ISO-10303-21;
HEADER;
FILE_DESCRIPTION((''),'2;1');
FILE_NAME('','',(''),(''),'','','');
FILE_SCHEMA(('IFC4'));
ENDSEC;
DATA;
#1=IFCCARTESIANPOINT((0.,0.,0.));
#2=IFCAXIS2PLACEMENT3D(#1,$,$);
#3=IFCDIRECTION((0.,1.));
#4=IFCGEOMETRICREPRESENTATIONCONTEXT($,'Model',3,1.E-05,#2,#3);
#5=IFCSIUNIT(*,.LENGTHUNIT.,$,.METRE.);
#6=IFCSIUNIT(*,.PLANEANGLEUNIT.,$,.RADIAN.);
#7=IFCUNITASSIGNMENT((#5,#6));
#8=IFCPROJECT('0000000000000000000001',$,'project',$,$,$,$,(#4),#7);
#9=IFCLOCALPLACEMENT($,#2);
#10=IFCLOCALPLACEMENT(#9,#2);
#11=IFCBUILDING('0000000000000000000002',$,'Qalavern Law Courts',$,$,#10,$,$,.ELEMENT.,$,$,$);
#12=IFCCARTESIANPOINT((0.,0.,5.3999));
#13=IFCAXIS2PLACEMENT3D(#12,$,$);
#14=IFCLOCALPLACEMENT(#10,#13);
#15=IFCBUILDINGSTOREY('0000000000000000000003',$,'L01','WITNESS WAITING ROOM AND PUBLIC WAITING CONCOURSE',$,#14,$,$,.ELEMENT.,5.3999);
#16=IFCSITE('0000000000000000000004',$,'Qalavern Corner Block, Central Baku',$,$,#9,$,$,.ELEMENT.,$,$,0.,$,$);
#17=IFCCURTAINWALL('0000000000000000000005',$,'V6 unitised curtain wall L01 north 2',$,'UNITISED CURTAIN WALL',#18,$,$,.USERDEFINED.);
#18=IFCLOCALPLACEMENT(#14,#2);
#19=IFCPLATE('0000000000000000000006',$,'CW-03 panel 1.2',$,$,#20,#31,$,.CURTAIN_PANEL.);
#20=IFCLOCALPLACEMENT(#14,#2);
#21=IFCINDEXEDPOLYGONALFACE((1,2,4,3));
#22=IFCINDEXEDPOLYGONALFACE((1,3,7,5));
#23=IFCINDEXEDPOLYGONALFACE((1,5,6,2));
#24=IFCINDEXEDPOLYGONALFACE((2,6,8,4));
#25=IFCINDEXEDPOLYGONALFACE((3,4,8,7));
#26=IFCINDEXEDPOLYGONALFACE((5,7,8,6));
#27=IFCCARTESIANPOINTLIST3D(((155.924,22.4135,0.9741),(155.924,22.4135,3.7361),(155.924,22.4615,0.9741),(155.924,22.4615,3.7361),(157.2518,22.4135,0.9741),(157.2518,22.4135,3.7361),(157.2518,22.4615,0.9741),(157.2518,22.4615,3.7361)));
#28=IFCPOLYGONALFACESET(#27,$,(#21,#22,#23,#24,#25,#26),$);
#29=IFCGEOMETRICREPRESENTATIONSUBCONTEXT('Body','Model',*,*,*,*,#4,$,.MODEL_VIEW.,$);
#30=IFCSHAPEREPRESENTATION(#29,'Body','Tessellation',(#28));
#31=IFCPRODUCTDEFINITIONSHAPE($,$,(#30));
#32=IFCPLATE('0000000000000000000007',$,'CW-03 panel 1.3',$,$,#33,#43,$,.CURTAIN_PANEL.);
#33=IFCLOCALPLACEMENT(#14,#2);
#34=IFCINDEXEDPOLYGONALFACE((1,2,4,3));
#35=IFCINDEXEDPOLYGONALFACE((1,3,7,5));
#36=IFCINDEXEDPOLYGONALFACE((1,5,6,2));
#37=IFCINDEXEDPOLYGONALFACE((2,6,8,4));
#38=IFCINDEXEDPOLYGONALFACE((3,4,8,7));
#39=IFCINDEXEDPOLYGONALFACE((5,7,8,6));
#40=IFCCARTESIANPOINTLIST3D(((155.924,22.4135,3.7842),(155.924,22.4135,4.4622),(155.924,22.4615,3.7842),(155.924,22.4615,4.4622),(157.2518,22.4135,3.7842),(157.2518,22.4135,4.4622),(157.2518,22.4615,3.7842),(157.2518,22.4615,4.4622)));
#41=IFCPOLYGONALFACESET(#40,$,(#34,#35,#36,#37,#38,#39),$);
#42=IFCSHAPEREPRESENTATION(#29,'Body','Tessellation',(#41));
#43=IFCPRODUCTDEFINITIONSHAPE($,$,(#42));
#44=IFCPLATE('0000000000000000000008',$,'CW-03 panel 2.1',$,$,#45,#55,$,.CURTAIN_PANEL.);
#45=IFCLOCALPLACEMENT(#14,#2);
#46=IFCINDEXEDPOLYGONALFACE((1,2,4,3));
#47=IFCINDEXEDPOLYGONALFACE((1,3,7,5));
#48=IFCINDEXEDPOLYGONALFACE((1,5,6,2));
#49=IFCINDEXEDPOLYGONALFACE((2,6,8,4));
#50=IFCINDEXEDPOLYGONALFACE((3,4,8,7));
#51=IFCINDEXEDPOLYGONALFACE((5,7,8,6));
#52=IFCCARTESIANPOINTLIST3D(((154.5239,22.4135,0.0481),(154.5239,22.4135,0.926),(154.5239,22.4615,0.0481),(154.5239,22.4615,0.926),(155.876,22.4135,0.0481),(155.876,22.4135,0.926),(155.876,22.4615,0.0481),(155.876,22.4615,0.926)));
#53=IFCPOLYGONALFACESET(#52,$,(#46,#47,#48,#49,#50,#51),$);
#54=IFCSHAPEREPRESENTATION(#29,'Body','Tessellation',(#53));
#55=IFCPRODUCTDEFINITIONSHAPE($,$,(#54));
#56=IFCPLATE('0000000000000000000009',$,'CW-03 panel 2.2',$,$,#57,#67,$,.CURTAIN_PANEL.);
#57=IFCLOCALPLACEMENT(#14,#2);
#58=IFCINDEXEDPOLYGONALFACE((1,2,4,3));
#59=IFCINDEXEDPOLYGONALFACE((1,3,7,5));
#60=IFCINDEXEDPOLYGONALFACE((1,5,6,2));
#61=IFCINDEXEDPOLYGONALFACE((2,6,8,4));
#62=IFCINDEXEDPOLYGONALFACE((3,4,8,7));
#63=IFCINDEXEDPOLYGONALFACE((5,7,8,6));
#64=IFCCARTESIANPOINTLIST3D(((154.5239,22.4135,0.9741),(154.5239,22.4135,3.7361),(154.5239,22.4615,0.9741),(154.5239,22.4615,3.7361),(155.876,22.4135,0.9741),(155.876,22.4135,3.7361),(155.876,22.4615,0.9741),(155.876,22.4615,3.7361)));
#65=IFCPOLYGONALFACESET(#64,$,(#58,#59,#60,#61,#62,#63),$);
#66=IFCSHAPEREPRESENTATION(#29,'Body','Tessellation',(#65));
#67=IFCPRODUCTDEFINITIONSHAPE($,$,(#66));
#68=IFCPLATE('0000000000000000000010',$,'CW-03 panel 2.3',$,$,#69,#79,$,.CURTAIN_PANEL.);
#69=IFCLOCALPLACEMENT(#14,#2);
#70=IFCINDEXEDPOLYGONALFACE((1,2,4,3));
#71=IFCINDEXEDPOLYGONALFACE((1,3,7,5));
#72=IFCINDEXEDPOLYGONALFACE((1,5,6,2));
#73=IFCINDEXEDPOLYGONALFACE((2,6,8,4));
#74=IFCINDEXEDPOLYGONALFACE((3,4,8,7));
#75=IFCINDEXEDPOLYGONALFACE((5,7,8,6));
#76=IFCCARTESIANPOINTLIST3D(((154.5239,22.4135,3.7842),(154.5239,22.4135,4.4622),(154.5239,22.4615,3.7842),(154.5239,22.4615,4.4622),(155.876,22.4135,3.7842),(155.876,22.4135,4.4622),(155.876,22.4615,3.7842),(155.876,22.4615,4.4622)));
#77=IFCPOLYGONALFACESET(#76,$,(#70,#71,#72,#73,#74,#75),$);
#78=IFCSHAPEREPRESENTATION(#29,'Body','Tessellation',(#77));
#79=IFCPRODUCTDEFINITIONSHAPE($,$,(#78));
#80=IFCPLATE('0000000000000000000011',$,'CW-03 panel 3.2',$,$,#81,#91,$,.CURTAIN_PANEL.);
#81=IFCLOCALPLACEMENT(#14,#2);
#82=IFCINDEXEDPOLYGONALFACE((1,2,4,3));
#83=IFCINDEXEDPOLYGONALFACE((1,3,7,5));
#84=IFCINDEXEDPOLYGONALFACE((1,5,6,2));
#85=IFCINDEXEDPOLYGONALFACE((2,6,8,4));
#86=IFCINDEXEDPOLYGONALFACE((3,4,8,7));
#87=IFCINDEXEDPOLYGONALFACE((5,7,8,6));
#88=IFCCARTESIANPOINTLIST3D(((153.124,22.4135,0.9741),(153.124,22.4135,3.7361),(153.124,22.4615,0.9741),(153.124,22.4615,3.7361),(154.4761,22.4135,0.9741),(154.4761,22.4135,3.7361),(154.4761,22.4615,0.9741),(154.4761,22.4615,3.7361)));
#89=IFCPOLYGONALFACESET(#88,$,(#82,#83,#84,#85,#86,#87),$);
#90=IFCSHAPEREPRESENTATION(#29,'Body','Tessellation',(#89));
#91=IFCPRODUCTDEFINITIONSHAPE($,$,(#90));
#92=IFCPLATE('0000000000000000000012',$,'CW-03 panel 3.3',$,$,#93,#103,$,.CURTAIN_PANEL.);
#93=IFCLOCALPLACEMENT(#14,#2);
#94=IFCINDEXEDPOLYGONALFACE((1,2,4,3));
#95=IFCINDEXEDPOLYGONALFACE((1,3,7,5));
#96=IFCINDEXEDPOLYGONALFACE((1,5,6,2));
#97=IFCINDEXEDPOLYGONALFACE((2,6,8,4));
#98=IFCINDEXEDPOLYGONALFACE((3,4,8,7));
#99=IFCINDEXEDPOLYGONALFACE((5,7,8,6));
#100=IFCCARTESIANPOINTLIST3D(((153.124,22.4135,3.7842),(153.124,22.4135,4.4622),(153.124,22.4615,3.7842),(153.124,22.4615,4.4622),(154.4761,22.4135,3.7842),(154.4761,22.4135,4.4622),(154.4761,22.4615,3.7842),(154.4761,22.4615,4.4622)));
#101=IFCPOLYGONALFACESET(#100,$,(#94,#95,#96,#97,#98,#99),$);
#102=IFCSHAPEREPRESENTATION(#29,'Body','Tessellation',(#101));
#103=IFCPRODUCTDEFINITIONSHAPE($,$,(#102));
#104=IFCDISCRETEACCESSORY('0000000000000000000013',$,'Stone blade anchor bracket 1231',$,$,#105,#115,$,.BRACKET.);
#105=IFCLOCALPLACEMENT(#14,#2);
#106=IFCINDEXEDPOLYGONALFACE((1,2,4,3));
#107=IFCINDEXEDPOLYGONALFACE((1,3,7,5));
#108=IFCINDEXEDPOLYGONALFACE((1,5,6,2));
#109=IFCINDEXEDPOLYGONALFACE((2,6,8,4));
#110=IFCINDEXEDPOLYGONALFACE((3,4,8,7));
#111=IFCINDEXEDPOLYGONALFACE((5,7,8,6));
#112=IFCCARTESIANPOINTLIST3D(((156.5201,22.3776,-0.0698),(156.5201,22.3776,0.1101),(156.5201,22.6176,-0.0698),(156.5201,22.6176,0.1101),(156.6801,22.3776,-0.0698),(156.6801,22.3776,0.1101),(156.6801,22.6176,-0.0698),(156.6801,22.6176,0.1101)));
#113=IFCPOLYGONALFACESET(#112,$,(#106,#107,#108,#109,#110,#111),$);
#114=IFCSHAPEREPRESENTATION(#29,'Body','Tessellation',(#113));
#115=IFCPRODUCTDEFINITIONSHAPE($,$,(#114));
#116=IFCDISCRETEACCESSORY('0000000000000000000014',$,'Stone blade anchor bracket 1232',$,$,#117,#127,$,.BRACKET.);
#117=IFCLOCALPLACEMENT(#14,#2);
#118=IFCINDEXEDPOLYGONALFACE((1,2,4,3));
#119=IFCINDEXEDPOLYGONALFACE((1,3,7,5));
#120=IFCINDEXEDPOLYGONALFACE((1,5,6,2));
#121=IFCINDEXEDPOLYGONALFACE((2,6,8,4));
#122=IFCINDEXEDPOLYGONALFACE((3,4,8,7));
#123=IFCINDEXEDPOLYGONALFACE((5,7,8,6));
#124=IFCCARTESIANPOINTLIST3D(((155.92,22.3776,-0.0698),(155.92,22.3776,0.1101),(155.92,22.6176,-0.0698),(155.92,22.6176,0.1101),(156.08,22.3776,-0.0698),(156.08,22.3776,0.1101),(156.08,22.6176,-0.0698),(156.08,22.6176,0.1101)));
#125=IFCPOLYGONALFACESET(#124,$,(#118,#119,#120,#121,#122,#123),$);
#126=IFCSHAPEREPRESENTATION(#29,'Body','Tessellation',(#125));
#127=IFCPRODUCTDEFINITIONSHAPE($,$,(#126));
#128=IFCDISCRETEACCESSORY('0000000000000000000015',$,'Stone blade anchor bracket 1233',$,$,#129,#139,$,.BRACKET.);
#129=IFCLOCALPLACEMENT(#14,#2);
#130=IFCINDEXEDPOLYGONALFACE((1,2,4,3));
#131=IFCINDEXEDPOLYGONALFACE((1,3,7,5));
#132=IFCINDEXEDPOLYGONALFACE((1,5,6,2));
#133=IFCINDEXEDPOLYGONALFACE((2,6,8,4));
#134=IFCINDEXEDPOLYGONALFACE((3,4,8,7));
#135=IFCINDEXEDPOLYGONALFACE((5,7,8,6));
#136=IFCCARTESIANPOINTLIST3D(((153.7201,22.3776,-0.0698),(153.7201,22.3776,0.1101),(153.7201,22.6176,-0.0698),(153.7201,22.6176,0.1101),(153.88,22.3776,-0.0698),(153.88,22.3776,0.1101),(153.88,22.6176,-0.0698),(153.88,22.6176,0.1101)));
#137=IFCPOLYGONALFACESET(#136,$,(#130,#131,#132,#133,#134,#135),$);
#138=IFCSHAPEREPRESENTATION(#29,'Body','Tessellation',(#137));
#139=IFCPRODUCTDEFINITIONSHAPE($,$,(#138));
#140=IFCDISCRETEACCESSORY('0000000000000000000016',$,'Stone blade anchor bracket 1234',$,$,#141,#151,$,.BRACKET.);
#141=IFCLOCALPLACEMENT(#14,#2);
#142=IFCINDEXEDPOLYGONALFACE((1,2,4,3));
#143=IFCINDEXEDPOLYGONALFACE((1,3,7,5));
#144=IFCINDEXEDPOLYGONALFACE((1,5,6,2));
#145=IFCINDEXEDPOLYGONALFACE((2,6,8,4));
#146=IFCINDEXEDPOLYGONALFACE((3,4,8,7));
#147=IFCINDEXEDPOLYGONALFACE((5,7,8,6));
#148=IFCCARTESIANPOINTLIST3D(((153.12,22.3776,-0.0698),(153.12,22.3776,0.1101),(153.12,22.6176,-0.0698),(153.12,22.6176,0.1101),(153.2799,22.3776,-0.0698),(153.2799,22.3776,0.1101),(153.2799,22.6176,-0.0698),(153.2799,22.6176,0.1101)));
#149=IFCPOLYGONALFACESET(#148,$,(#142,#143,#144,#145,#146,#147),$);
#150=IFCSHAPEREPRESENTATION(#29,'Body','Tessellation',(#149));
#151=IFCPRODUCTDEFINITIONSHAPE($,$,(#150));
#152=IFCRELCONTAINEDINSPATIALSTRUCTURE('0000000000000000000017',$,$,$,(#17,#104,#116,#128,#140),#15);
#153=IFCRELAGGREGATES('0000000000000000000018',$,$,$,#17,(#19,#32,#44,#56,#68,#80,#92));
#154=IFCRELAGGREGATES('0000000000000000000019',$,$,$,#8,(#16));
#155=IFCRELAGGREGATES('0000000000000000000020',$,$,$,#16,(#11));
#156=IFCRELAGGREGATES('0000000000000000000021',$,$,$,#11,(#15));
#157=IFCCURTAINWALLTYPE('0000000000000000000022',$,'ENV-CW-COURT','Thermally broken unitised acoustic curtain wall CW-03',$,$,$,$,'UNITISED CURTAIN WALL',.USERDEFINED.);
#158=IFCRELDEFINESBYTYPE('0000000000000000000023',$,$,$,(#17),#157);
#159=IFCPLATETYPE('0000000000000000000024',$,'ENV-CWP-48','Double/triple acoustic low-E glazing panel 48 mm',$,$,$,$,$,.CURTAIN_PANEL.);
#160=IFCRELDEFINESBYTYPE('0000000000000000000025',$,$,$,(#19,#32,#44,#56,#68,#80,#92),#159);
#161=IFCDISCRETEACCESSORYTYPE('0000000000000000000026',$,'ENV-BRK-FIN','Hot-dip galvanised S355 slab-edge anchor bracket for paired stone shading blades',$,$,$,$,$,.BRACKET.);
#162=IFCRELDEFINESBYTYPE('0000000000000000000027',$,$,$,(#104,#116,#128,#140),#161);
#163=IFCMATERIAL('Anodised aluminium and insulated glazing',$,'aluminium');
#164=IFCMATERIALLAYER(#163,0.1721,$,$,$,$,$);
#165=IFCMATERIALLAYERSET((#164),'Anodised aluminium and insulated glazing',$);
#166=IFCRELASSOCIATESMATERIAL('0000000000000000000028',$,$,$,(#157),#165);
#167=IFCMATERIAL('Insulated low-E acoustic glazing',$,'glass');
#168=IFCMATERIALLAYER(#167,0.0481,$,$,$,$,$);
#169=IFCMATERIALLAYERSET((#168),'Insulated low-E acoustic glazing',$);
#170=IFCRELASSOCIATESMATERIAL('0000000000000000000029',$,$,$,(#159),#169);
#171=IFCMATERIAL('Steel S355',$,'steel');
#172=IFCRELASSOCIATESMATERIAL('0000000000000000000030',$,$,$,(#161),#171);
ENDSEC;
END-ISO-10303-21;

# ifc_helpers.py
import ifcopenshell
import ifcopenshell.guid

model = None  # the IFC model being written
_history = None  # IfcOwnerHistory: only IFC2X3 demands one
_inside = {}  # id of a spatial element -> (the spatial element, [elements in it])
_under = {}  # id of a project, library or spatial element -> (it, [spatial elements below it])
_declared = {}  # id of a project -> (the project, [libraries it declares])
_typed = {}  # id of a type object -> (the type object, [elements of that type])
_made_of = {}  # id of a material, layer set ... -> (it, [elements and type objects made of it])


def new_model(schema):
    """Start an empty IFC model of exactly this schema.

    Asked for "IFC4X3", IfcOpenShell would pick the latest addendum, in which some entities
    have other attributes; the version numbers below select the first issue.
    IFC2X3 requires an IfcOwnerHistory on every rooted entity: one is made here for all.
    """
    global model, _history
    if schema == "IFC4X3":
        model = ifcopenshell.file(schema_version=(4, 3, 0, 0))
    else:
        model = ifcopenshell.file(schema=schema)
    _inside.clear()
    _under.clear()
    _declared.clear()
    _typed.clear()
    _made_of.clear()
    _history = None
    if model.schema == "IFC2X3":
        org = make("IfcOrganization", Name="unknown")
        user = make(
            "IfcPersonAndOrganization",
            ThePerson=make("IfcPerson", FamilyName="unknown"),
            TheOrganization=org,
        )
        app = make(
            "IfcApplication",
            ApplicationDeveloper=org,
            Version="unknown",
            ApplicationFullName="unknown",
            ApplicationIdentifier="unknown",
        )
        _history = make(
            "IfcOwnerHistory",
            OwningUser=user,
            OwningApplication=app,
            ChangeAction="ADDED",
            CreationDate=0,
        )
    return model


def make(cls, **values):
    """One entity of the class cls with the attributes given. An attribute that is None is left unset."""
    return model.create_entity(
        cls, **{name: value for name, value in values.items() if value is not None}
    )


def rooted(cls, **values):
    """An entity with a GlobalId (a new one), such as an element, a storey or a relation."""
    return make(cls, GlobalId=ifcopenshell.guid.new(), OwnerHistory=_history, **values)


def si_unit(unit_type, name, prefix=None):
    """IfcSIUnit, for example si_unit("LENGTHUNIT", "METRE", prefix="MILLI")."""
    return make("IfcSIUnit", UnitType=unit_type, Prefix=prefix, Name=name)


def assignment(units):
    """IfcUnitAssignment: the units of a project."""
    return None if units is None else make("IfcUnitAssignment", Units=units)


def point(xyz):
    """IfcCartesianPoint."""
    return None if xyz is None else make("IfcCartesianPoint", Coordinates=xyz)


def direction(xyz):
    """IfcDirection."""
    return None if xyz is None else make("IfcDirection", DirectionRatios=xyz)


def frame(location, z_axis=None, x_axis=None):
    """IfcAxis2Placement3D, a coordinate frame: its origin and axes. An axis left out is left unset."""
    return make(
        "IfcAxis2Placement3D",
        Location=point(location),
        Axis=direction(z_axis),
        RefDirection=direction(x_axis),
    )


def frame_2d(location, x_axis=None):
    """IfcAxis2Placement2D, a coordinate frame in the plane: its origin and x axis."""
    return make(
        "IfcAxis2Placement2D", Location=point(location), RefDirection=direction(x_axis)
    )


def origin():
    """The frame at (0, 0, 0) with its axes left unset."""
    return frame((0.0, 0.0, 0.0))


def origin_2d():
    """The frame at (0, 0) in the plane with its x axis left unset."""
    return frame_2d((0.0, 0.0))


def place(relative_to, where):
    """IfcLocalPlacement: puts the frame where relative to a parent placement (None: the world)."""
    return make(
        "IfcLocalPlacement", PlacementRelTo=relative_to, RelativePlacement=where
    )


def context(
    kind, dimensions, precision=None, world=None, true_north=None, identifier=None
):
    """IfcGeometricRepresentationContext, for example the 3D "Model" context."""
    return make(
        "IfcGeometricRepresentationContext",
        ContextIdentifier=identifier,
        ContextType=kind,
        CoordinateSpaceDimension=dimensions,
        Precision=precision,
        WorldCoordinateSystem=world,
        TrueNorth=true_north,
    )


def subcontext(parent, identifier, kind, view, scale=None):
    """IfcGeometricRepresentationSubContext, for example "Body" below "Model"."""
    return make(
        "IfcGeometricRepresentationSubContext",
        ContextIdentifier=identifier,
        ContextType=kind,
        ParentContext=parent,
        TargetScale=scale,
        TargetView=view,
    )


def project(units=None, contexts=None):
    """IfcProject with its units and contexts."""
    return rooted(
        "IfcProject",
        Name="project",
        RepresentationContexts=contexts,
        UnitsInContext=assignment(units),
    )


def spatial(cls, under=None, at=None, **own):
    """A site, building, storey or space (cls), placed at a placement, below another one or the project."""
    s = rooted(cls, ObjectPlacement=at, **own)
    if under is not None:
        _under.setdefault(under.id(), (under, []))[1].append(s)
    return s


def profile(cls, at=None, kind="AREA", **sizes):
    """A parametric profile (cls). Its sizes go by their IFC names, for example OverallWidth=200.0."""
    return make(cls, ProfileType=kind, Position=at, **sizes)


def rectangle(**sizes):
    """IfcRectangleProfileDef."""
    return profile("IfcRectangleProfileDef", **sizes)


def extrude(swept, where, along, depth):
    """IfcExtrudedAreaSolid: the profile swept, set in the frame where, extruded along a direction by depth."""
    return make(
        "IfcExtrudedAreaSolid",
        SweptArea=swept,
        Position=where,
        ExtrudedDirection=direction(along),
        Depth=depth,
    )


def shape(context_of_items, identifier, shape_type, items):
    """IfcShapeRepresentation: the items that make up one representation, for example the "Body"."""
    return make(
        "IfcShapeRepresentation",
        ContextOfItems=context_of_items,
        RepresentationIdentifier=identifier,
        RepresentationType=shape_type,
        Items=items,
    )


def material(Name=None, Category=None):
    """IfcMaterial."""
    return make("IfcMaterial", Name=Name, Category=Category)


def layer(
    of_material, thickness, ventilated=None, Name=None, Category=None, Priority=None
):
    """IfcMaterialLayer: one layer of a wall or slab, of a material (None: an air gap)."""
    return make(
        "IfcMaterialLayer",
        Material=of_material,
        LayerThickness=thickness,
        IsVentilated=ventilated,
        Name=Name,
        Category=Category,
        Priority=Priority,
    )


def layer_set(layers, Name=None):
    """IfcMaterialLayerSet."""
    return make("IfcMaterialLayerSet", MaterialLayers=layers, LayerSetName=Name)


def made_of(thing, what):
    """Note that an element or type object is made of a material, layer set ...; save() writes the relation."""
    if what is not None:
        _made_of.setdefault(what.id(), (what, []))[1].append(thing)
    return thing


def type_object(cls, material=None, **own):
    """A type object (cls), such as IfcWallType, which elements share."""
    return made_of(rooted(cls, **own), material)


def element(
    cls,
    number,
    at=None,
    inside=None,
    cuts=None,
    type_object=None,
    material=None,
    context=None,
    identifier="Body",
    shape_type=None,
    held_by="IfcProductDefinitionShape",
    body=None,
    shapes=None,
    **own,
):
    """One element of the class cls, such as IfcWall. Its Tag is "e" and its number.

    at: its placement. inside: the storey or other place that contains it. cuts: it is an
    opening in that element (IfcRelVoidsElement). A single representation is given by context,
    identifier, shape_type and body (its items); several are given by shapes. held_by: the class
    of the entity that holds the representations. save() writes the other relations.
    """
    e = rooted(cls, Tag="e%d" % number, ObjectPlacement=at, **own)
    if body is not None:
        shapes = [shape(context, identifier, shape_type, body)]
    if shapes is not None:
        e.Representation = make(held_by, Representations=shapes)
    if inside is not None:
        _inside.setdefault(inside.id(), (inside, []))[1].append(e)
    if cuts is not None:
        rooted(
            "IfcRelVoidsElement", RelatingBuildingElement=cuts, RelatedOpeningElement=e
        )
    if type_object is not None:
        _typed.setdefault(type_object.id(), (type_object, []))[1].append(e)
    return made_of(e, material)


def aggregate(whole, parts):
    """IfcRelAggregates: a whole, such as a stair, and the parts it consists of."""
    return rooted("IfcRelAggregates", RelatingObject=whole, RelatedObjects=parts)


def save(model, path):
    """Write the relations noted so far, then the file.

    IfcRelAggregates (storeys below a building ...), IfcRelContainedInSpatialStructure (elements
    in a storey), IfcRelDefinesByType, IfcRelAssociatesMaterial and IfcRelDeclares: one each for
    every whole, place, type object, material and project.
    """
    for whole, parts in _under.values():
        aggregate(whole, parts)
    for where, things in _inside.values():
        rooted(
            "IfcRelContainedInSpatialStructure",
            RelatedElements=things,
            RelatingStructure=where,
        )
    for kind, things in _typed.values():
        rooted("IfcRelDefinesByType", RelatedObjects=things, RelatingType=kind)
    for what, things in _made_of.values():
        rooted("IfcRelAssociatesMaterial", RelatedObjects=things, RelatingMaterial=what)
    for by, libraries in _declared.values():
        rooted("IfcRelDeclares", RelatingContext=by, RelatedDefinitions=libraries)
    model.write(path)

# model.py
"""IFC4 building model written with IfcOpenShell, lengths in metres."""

from ifc_helpers import new_model, si_unit, direction, frame, origin, origin_2d, place, context, subcontext, project, spatial, rectangle, extrude, material, layer, layer_set, type_object, element, aggregate, save


model = new_model("IFC4")

# Units and contexts
model_context = context("Model", 3, precision=1e-05, world=origin(), true_north=direction((0.0, 1.0)))
body_context = subcontext(model_context, "Body", "Model", "MODEL_VIEW")
ifc_project = project(units=[si_unit("LENGTHUNIT", "METRE"), si_unit("PLANEANGLEUNIT", "RADIAN")], contexts=[model_context])

# Site, building, storey
site_placement = place(None, origin())
site = spatial("IfcSite", under=ifc_project, at=site_placement, Name="Qalavern Corner Block, Central Baku", CompositionType="ELEMENT", RefElevation=0.0)
building_placement = place(site_placement, origin())
building = spatial("IfcBuilding", under=site, at=building_placement, Name="Qalavern Law Courts", CompositionType="ELEMENT")
storey_placement = place(building_placement, frame((0.0, 0.0, 5.3999)))
storey = spatial("IfcBuildingStorey", under=building, at=storey_placement, Name="L01", Description="WITNESS WAITING ROOM AND PUBLIC WAITING CONCOURSE", CompositionType="ELEMENT", Elevation=5.3999)

# Curtain wall, plates
ifc_material_1 = material(Name="Anodised aluminium and insulated glazing", Category="aluminium")
ifc_layer_1 = layer(ifc_material_1, 0.1721)
ifc_layer_set_1 = layer_set([ifc_layer_1], Name="Anodised aluminium and insulated glazing")
curtain_wall_type = type_object("IfcCurtainWallType", Name="ENV-CW-COURT", Description="Thermally broken unitised acoustic curtain wall CW-03", ElementType="UNITISED CURTAIN WALL", PredefinedType="USERDEFINED", material=ifc_layer_set_1)
curtain_wall_placement = place(storey_placement, origin())
curtain_wall = element("IfcCurtainWall", 1, at=curtain_wall_placement, inside=storey, type_object=curtain_wall_type, Name="V6 unitised curtain wall L01 north 2", ObjectType="UNITISED CURTAIN WALL", PredefinedType="USERDEFINED")
ifc_material_2 = material(Name="Insulated low-E acoustic glazing", Category="glass")
ifc_layer_2 = layer(ifc_material_2, 0.0481)
ifc_layer_set_2 = layer_set([ifc_layer_2], Name="Insulated low-E acoustic glazing")
plate_type = type_object("IfcPlateType", Name="ENV-CWP-48", Description="Double/triple acoustic low-E glazing panel 48 mm", PredefinedType="CURTAIN_PANEL", material=ifc_layer_set_2)
plate_1_placement = place(storey_placement, frame((156.5879, 22.4375, 0.9741), z_axis=(0.0, 0.0, 1.0), x_axis=(-1.0, 0.0, 0.0)))
plate_1 = element("IfcPlate", 2, at=plate_1_placement, type_object=plate_type, Name="CW-03 panel 1.2", PredefinedType="CURTAIN_PANEL", context=body_context, shape_type="SweptSolid", body=[
    extrude(rectangle(XDim=1.3279, YDim=0.0481, at=origin_2d()), origin(), (0.0, 0.0, 1.0), 2.762),
])
plate_2_placement = place(storey_placement, frame((156.5879, 22.4375, 3.7842), z_axis=(0.0, 0.0, 1.0), x_axis=(-1.0, 0.0, 0.0)))
plate_2 = element("IfcPlate", 3, at=plate_2_placement, type_object=plate_type, Name="CW-03 panel 1.3", PredefinedType="CURTAIN_PANEL", context=body_context, shape_type="SweptSolid", body=[
    extrude(rectangle(XDim=1.3279, YDim=0.0481, at=origin_2d()), origin(), (0.0, 0.0, 1.0), 0.678),
])
plate_3_placement = place(storey_placement, frame((155.2, 22.4375, 0.0481), z_axis=(0.0, 0.0, 1.0), x_axis=(-1.0, 0.0, 0.0)))
plate_3 = element("IfcPlate", 4, at=plate_3_placement, type_object=plate_type, Name="CW-03 panel 2.1", PredefinedType="CURTAIN_PANEL", context=body_context, shape_type="SweptSolid", body=[
    extrude(rectangle(XDim=1.3521, YDim=0.0481, at=origin_2d()), origin(), (0.0, 0.0, 1.0), 0.8779),
])
plate_4_placement = place(storey_placement, frame((155.2, 22.4375, 0.9741), z_axis=(0.0, 0.0, 1.0), x_axis=(-1.0, 0.0, 0.0)))
plate_4 = element("IfcPlate", 5, at=plate_4_placement, type_object=plate_type, Name="CW-03 panel 2.2", PredefinedType="CURTAIN_PANEL", context=body_context, shape_type="SweptSolid", body=[
    extrude(rectangle(XDim=1.3521, YDim=0.0481, at=origin_2d()), origin(), (0.0, 0.0, 1.0), 2.762),
])
plate_5_placement = place(storey_placement, frame((155.2, 22.4375, 3.7842), z_axis=(0.0, 0.0, 1.0), x_axis=(-1.0, 0.0, 0.0)))
plate_5 = element("IfcPlate", 6, at=plate_5_placement, type_object=plate_type, Name="CW-03 panel 2.3", PredefinedType="CURTAIN_PANEL", context=body_context, shape_type="SweptSolid", body=[
    extrude(rectangle(XDim=1.3521, YDim=0.0481, at=origin_2d()), origin(), (0.0, 0.0, 1.0), 0.678),
])
plate_6_placement = place(storey_placement, frame((153.8, 22.4375, 0.9741), z_axis=(0.0, 0.0, 1.0), x_axis=(-1.0, 0.0, 0.0)))
plate_6 = element("IfcPlate", 7, at=plate_6_placement, type_object=plate_type, Name="CW-03 panel 3.2", PredefinedType="CURTAIN_PANEL", context=body_context, shape_type="SweptSolid", body=[
    extrude(rectangle(XDim=1.3521, YDim=0.0481, at=origin_2d()), origin(), (0.0, 0.0, 1.0), 2.762),
])
plate_7_placement = place(storey_placement, frame((153.8, 22.4375, 3.7842), z_axis=(0.0, 0.0, 1.0), x_axis=(-1.0, 0.0, 0.0)))
plate_7 = element("IfcPlate", 8, at=plate_7_placement, type_object=plate_type, Name="CW-03 panel 3.3", PredefinedType="CURTAIN_PANEL", context=body_context, shape_type="SweptSolid", body=[
    extrude(rectangle(XDim=1.3521, YDim=0.0481, at=origin_2d()), origin(), (0.0, 0.0, 1.0), 0.678),
])
aggregate(curtain_wall, [plate_1, plate_2, plate_3, plate_4, plate_5, plate_6, plate_7])

# Discrete accessories
ifc_material_3 = material(Name="Steel S355", Category="steel")
discrete_accessory_type = type_object("IfcDiscreteAccessoryType", Name="ENV-BRK-FIN", Description="Hot-dip galvanised S355 slab-edge anchor bracket for paired stone shading blades", PredefinedType="BRACKET", material=ifc_material_3)
for number, where, z_axis, x_axis, name in (
    (9, (156.6001, 22.4976, -0.0698), (0.0, 0.0, 1.0), (0.0, 1.0, 0.0), "Stone blade anchor bracket 1231"),
    (10, (156.0, 22.4976, -0.0698), (0.0, 0.0, 1.0), (0.0, 1.0, 0.0), "Stone blade anchor bracket 1232"),
    (11, (153.8, 22.4976, -0.0698), (0.0, 0.0, 1.0), (0.0, 1.0, 0.0), "Stone blade anchor bracket 1233"),
    (12, (153.2, 22.4976, -0.0698), (0.0, 0.0, 1.0), (0.0, 1.0, 0.0), "Stone blade anchor bracket 1234"),
):
    element("IfcDiscreteAccessory", number, at=place(storey_placement, frame(where, z_axis=z_axis, x_axis=x_axis)), inside=storey, type_object=discrete_accessory_type, Name=name, PredefinedType="BRACKET", context=body_context, shape_type="SweptSolid", body=[
        extrude(rectangle(XDim=0.24, YDim=0.1599, at=origin_2d()), origin(), (0.0, 0.0, 1.0), 0.1799),
    ])

save(model, "model.ifc")
